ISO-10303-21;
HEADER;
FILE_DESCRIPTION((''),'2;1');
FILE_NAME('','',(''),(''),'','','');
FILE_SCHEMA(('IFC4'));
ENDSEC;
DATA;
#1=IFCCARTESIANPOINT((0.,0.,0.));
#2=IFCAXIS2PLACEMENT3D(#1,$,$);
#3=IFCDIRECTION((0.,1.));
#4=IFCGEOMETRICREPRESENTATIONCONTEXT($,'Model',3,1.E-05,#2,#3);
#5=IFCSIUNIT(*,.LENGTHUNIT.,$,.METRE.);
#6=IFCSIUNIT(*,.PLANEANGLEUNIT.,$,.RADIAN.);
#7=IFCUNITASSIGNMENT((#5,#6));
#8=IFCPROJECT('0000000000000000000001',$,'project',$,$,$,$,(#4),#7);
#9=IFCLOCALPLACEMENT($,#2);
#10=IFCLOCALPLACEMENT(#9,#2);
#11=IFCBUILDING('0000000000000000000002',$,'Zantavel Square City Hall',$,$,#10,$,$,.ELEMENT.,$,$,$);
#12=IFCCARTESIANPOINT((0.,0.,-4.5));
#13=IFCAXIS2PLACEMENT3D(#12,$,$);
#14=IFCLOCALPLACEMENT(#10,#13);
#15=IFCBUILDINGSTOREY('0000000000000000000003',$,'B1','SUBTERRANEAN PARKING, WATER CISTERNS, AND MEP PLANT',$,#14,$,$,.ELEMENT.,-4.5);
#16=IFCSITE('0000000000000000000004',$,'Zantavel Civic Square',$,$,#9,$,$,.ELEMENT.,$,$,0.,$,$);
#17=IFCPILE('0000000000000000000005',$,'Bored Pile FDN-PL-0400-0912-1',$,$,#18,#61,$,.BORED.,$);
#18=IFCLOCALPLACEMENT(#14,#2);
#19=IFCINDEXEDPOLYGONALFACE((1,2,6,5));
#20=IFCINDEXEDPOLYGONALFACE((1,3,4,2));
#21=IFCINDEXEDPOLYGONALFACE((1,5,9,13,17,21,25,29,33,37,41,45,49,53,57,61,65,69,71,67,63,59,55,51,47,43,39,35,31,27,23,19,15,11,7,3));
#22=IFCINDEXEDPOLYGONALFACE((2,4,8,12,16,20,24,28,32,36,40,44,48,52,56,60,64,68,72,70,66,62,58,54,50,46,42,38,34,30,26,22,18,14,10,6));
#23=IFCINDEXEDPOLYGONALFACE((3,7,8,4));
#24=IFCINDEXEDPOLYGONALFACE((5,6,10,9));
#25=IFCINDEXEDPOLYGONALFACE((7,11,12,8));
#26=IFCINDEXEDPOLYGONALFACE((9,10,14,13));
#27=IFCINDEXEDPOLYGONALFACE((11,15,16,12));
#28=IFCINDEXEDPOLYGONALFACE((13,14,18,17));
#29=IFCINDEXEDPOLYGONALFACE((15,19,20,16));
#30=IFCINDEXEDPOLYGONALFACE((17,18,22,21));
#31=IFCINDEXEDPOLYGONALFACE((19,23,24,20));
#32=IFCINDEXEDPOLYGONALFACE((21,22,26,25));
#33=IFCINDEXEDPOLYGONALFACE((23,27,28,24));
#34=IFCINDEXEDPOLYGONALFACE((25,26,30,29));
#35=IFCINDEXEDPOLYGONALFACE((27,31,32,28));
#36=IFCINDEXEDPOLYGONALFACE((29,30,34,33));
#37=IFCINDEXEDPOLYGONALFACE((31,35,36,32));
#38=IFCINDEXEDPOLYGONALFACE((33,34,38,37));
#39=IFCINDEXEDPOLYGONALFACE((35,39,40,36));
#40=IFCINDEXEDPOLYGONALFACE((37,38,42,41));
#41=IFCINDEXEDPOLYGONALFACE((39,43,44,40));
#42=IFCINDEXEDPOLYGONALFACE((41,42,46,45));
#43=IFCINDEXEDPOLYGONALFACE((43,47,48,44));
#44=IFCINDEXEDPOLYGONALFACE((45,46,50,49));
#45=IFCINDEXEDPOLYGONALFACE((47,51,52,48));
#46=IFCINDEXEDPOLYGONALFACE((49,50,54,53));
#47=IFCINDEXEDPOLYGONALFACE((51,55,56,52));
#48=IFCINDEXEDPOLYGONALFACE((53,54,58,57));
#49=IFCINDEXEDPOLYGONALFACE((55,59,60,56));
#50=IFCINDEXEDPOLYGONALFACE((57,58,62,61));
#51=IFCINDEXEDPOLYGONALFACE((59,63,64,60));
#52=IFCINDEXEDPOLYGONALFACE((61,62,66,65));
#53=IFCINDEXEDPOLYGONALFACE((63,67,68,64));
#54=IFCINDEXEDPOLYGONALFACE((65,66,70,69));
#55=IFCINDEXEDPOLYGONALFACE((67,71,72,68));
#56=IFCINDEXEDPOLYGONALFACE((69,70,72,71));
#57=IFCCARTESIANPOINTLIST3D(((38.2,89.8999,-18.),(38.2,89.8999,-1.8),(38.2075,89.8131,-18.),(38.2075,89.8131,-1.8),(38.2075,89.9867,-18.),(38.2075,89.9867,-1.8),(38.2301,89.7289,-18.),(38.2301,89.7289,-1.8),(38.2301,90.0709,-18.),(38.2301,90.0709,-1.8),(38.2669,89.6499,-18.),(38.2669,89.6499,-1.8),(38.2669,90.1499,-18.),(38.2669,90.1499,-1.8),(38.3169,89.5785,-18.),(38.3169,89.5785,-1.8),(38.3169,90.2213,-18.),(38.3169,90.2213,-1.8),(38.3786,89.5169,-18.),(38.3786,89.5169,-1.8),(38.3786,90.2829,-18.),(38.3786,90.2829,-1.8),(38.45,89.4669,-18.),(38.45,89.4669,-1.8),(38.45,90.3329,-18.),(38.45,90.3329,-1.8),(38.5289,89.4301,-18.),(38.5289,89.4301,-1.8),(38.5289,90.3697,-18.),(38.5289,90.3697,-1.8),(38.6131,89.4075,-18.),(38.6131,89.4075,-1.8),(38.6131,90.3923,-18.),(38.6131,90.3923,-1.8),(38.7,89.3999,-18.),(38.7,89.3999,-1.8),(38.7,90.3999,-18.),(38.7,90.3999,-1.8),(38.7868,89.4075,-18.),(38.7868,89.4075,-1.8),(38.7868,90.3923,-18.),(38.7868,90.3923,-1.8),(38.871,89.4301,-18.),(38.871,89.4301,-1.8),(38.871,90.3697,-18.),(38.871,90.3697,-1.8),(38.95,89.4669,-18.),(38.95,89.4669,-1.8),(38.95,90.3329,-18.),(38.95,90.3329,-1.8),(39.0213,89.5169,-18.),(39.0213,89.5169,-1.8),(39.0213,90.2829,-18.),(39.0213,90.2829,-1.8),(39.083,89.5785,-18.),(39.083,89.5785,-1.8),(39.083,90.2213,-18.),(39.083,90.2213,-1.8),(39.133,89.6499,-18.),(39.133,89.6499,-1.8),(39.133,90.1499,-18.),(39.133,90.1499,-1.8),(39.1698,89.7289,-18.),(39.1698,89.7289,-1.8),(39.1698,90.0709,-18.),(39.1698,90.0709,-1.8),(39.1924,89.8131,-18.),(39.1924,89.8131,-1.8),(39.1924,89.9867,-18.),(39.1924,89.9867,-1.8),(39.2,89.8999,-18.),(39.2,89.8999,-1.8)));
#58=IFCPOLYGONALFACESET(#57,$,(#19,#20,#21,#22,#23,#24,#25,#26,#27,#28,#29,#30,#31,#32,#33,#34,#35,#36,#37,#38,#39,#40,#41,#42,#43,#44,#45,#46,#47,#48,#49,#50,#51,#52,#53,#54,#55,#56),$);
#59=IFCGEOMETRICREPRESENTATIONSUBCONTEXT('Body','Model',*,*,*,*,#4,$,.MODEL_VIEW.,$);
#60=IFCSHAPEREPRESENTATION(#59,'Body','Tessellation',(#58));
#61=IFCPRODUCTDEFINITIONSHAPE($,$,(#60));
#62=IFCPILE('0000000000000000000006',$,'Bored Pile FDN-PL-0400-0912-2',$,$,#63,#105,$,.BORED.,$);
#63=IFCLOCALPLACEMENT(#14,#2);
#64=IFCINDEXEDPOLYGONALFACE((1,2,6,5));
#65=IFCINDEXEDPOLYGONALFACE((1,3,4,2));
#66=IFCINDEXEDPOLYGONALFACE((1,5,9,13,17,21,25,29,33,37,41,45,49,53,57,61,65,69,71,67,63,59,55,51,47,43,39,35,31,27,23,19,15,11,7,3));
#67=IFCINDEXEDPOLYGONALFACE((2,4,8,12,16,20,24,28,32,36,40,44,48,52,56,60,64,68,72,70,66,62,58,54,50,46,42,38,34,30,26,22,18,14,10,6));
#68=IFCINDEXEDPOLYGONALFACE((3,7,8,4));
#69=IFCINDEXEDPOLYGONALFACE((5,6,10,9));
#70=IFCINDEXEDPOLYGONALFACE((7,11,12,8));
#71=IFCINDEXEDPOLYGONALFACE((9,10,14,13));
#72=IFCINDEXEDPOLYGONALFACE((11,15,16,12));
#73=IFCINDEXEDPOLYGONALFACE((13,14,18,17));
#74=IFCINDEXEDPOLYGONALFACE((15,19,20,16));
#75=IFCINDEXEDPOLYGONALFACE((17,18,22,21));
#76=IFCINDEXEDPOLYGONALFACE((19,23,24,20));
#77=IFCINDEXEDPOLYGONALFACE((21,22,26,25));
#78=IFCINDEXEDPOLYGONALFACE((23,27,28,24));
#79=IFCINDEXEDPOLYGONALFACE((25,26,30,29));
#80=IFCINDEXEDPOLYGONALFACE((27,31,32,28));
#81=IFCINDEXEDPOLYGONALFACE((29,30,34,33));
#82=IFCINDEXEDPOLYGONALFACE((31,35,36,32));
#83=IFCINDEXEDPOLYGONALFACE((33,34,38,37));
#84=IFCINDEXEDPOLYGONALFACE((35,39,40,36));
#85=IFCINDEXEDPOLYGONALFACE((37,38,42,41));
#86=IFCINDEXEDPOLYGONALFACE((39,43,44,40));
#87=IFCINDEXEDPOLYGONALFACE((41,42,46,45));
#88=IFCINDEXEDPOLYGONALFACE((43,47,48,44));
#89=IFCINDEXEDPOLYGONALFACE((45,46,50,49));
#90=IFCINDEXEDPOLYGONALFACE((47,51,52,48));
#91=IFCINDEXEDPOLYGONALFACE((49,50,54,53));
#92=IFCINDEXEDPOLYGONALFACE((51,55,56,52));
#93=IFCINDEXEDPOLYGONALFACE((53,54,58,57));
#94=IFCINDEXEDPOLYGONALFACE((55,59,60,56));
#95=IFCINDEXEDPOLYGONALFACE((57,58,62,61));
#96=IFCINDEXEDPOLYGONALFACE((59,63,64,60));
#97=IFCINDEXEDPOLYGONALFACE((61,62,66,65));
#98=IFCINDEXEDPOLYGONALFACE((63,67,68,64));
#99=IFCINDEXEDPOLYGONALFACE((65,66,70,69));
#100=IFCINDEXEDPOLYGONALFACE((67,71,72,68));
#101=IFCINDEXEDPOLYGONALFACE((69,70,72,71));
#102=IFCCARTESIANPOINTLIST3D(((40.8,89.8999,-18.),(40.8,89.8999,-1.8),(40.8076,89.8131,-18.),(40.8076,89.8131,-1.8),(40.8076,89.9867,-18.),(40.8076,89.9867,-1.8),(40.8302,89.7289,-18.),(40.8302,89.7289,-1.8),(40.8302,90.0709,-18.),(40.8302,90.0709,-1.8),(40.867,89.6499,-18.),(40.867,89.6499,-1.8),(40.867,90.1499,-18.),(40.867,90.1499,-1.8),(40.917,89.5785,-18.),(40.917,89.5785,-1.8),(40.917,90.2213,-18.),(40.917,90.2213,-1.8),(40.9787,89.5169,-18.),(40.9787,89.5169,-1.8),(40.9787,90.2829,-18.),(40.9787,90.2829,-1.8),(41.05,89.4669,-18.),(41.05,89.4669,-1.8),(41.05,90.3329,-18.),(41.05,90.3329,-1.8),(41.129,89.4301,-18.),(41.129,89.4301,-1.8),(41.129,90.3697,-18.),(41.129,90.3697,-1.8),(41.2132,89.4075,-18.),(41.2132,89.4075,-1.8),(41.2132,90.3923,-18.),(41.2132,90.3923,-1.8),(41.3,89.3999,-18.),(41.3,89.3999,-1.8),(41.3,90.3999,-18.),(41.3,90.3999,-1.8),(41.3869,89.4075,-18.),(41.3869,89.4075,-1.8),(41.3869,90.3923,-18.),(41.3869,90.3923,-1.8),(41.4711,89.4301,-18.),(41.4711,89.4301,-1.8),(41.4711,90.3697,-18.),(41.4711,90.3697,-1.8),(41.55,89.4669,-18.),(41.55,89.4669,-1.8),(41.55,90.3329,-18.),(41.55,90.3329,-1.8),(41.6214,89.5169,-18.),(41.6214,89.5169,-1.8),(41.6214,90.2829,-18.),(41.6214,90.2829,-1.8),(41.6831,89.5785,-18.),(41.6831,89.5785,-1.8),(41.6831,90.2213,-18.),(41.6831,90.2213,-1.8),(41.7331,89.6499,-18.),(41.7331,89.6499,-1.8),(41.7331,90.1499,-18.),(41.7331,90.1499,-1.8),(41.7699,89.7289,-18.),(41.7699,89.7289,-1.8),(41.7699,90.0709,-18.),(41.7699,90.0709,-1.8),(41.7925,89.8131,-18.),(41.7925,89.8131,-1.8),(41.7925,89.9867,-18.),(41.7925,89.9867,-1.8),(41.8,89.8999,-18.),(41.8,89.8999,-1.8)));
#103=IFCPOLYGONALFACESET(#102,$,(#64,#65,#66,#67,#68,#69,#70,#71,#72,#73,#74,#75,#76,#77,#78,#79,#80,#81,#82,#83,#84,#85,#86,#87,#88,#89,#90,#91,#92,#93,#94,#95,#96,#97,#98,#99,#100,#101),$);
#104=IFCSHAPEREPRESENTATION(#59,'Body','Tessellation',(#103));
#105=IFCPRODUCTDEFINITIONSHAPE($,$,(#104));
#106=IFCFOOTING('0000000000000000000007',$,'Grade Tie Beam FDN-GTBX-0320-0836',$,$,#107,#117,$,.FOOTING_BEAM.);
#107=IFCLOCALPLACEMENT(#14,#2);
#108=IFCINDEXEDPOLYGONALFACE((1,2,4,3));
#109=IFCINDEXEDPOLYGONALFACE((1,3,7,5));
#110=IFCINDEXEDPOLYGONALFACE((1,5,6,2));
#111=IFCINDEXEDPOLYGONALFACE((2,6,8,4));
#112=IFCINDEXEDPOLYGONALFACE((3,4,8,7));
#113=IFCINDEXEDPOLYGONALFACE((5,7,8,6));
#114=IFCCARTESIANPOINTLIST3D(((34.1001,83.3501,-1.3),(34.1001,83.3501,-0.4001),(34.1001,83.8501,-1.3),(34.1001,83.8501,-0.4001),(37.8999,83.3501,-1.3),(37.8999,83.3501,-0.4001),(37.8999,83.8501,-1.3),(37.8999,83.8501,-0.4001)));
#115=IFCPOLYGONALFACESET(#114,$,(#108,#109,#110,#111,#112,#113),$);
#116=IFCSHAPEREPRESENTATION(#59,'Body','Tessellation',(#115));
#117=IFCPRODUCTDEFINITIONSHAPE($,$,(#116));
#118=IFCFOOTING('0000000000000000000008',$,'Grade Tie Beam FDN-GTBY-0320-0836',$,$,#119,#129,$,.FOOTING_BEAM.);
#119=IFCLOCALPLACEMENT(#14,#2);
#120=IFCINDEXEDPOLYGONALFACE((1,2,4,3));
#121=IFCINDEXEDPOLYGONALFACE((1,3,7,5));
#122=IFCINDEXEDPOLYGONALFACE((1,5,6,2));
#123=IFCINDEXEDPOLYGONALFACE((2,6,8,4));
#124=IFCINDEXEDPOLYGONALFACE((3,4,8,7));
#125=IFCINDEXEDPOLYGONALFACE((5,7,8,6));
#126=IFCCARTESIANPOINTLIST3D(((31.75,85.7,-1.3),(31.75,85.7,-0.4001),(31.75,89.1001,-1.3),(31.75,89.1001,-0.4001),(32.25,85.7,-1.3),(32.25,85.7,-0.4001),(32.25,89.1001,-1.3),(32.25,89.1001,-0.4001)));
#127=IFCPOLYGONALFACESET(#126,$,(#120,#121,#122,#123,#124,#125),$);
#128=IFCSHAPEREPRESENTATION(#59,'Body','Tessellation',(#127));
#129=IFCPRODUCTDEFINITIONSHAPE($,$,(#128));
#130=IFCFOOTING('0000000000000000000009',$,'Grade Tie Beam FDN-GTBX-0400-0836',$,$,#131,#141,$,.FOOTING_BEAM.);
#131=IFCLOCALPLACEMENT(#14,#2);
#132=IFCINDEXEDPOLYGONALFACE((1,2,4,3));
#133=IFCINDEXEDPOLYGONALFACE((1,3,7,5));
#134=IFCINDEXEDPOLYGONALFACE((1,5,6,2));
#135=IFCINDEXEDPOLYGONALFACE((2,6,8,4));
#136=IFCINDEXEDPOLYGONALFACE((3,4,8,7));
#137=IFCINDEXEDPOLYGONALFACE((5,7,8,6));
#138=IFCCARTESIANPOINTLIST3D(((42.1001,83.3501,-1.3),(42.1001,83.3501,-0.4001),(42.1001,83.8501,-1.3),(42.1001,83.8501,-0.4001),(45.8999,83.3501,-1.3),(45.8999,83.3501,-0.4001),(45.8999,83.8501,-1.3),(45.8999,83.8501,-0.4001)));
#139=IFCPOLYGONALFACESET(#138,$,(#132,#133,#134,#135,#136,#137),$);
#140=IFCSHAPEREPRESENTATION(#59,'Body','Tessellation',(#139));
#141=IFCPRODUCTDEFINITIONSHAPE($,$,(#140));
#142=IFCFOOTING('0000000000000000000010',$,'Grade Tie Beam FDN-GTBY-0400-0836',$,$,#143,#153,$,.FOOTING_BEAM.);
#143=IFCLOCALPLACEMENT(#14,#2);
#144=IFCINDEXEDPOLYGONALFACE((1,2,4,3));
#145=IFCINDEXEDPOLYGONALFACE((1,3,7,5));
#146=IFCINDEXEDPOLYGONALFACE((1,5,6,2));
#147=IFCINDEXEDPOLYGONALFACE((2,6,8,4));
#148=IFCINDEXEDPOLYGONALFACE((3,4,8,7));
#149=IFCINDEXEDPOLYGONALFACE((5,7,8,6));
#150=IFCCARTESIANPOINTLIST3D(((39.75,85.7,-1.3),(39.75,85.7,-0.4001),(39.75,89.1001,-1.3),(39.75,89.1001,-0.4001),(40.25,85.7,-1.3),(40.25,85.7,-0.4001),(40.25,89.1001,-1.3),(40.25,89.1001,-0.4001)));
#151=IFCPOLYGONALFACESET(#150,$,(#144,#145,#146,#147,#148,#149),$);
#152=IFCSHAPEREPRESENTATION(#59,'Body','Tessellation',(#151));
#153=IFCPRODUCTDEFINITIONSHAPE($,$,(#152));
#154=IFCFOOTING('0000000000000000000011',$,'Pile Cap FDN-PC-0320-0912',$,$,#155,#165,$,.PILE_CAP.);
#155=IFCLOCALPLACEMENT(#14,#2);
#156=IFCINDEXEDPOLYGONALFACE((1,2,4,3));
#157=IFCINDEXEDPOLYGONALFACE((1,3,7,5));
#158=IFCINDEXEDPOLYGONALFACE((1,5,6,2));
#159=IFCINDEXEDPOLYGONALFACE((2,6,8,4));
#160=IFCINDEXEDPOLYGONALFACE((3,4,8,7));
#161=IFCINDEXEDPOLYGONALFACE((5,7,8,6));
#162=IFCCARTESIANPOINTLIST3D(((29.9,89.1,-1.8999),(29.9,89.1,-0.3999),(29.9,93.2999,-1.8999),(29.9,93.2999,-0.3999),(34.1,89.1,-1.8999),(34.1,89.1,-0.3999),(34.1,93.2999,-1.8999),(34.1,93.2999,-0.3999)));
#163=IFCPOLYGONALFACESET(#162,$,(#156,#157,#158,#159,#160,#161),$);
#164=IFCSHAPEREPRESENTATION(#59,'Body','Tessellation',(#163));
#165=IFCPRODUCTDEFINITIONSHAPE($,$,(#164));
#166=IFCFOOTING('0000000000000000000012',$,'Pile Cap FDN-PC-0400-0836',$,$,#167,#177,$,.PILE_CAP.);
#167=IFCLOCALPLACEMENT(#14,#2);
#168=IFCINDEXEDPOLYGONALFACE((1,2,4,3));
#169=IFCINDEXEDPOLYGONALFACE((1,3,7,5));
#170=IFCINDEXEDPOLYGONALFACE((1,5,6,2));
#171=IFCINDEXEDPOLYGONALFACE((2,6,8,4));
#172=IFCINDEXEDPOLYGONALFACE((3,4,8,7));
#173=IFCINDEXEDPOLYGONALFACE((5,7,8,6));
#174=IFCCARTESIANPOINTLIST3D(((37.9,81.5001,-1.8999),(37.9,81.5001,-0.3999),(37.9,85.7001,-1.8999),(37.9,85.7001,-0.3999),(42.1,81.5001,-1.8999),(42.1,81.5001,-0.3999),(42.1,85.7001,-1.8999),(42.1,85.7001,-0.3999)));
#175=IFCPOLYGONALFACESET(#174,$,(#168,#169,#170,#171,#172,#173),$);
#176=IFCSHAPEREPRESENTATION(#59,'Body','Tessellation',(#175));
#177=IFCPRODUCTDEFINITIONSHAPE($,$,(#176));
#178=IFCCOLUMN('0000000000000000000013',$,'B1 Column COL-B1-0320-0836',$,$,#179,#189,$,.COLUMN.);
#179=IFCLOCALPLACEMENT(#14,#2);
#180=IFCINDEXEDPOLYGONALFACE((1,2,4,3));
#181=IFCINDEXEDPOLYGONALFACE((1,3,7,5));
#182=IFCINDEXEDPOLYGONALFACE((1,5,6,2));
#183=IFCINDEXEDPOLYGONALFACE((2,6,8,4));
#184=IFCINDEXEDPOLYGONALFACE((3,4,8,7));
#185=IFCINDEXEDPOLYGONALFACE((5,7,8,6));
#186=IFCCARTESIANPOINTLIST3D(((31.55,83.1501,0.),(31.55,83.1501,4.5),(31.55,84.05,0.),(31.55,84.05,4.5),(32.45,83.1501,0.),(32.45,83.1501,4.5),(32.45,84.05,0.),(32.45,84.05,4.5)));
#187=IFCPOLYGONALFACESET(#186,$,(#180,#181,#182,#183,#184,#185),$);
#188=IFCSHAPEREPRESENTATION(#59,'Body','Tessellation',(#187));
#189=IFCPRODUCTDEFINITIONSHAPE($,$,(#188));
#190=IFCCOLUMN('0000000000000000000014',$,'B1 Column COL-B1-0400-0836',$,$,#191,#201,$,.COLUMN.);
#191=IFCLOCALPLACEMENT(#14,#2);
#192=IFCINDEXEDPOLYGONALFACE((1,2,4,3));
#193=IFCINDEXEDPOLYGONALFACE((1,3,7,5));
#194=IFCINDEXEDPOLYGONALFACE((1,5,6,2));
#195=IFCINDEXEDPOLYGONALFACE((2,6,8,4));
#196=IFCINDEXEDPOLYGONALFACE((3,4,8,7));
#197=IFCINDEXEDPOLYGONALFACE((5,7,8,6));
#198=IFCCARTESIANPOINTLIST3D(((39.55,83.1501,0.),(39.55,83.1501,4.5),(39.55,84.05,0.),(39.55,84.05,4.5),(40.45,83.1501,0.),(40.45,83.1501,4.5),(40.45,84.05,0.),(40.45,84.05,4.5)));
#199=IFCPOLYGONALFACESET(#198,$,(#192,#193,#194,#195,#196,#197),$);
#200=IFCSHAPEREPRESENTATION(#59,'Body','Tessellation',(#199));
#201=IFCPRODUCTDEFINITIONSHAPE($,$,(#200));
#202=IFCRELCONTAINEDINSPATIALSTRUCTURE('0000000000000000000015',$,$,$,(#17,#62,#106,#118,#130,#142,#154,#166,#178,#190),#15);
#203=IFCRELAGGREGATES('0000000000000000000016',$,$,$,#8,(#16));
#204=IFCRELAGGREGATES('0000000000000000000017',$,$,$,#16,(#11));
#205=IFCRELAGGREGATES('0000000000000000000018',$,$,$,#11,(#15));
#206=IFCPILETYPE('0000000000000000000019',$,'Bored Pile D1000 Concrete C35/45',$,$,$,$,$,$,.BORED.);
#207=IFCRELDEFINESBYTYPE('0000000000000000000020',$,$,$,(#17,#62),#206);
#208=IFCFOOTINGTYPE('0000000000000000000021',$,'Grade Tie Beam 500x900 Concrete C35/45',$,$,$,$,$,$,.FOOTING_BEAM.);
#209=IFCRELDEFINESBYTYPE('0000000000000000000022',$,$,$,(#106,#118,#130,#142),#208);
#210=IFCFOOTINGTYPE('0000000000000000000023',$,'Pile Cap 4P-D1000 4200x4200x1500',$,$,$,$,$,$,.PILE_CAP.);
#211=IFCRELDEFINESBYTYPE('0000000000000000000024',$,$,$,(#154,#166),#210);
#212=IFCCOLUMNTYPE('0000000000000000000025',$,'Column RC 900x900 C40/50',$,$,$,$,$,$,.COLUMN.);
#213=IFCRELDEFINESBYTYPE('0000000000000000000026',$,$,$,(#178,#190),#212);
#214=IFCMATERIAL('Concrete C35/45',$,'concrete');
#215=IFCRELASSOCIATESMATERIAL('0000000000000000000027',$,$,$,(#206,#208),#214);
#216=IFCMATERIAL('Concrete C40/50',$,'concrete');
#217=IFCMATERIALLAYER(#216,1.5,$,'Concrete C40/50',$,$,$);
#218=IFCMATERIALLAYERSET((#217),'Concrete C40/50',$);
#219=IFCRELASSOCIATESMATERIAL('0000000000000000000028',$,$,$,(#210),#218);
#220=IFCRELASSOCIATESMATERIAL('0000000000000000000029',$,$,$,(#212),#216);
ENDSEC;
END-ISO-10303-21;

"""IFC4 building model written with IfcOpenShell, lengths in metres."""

from ifc_helpers import new_model, si_unit, direction, frame, origin, origin_2d, place, context, subcontext, project, spatial, rectangle, circle, extrude, material, layer, layer_set, material_profile, profile_set, type_object, element, save


model = new_model("IFC4")

# Units and contexts
model_context = context("Model", 3, precision=1e-05, world=origin(), true_north=direction((0.0, 1.0)))
body_context = subcontext(model_context, "Body", "Model", "MODEL_VIEW")
ifc_project = project(units=[si_unit("LENGTHUNIT", "METRE"), si_unit("PLANEANGLEUNIT", "RADIAN")], contexts=[model_context])

# Site, building, storey
site_placement = place(None, origin())
site = spatial("IfcSite", under=ifc_project, at=site_placement, Name="Zantavel Civic Square", CompositionType="ELEMENT", RefElevation=0.0)
building_placement = place(site_placement, origin())
building = spatial("IfcBuilding", under=site, at=building_placement, Name="Zantavel Square City Hall", CompositionType="ELEMENT")
storey_placement = place(building_placement, frame((0.0, 0.0, -4.5)))
storey = spatial("IfcBuildingStorey", under=building, at=storey_placement, Name="B1", Description="SUBTERRANEAN PARKING, WATER CISTERNS, AND MEP PLANT", CompositionType="ELEMENT", Elevation=-4.5)

# Piles
ifc_material_1 = material(Name="Concrete C35/45", Category="concrete")
ifc_material_profile_1 = material_profile(ifc_material_1, circle(Radius=0.5, at=origin_2d()), Name="PILE D1000")
ifc_profile_set_1 = profile_set([ifc_material_profile_1], Name="Concrete C35/45")
pile_type = type_object("IfcPileType", Name="Bored Pile D1000 Concrete C35/45", PredefinedType="BORED", material=ifc_profile_set_1)
for number, where, z_axis, x_axis, name in (
    (1, (38.7, 89.8999, -1.8), (0.0, 0.0, -1.0), (1.0, 0.0, 0.0), "Bored Pile FDN-PL-0400-0912-1"),
    (2, (41.3, 89.8999, -1.8), (0.0, 0.0, -1.0), (1.0, 0.0, 0.0), "Bored Pile FDN-PL-0400-0912-2"),
):
    element("IfcPile", number, at=place(storey_placement, frame(where, z_axis=z_axis, x_axis=x_axis)), inside=storey, type_object=pile_type, Name=name, PredefinedType="BORED", context=body_context, shape_type="SweptSolid", body=[
        extrude(circle(Radius=0.5, at=origin_2d()), origin(), (0.0, 0.0, 1.0), 16.2),
    ])

# Footings
ifc_material_profile_2 = material_profile(ifc_material_1, rectangle(XDim=0.5, YDim=0.8999, at=origin_2d()), Name="RC 500x900")
ifc_profile_set_2 = profile_set([ifc_material_profile_2], Name="Concrete C35/45")
footing_type_1 = type_object("IfcFootingType", Name="Grade Tie Beam 500x900 Concrete C35/45", PredefinedType="FOOTING_BEAM", material=ifc_profile_set_2)
footing_1_placement = place(storey_placement, frame((34.1001, 83.6001, -0.8501), z_axis=(1.0, 0.0, 0.0), x_axis=(0.0, 1.0, 0.0)))
element("IfcFooting", 3, at=footing_1_placement, inside=storey, type_object=footing_type_1, Name="Grade Tie Beam FDN-GTBX-0320-0836", PredefinedType="FOOTING_BEAM", context=body_context, shape_type="SweptSolid", body=[
    extrude(rectangle(XDim=0.5, YDim=0.8999, at=origin_2d()), origin(), (0.0, 0.0, 1.0), 3.7998),
])
footing_2_placement = place(storey_placement, frame((32.0, 85.7, -0.8501), z_axis=(0.0, 1.0, 0.0), x_axis=(-1.0, 0.0, 0.0)))
element("IfcFooting", 4, at=footing_2_placement, inside=storey, type_object=footing_type_1, Name="Grade Tie Beam FDN-GTBY-0320-0836", PredefinedType="FOOTING_BEAM", context=body_context, shape_type="SweptSolid", body=[
    extrude(rectangle(XDim=0.5, YDim=0.8999, at=origin_2d()), origin(), (0.0, 0.0, 1.0), 3.4001),
])
footing_3_placement = place(storey_placement, frame((42.1001, 83.6001, -0.8501), z_axis=(1.0, 0.0, 0.0), x_axis=(0.0, 1.0, 0.0)))
element("IfcFooting", 5, at=footing_3_placement, inside=storey, type_object=footing_type_1, Name="Grade Tie Beam FDN-GTBX-0400-0836", PredefinedType="FOOTING_BEAM", context=body_context, shape_type="SweptSolid", body=[
    extrude(rectangle(XDim=0.5, YDim=0.8999, at=origin_2d()), origin(), (0.0, 0.0, 1.0), 3.7998),
])
footing_4_placement = place(storey_placement, frame((40.0, 85.7, -0.8501), z_axis=(0.0, 1.0, 0.0), x_axis=(-1.0, 0.0, 0.0)))
element("IfcFooting", 6, at=footing_4_placement, inside=storey, type_object=footing_type_1, Name="Grade Tie Beam FDN-GTBY-0400-0836", PredefinedType="FOOTING_BEAM", context=body_context, shape_type="SweptSolid", body=[
    extrude(rectangle(XDim=0.5, YDim=0.8999, at=origin_2d()), origin(), (0.0, 0.0, 1.0), 3.4001),
])
ifc_material_2 = material(Name="Concrete C40/50", Category="concrete")
ifc_layer_1 = layer(ifc_material_2, 1.5, Name="Concrete C40/50")
ifc_layer_set_1 = layer_set([ifc_layer_1], Name="Concrete C40/50")
footing_type_2 = type_object("IfcFootingType", Name="Pile Cap 4P-D1000 4200x4200x1500", PredefinedType="PILE_CAP", material=ifc_layer_set_1)
for number, where, z_axis, x_axis, name in (
    (7, (32.0, 91.2, -1.8999), (0.0, 0.0, 1.0), (1.0, 0.0, 0.0), "Pile Cap FDN-PC-0320-0912"),
    (8, (40.0, 83.6001, -1.8999), (0.0, 0.0, 1.0), (1.0, 0.0, 0.0), "Pile Cap FDN-PC-0400-0836"),
):
    element("IfcFooting", number, at=place(storey_placement, frame(where, z_axis=z_axis, x_axis=x_axis)), inside=storey, type_object=footing_type_2, Name=name, PredefinedType="PILE_CAP", context=body_context, shape_type="SweptSolid", body=[
        extrude(rectangle(XDim=4.2, YDim=4.2, at=origin_2d()), origin(), (0.0, 0.0, 1.0), 1.5),
    ])

# Columns
ifc_material_profile_3 = material_profile(ifc_material_2, rectangle(XDim=0.8999, YDim=0.8999, at=origin_2d()), Name="RC 900x900")
ifc_profile_set_3 = profile_set([ifc_material_profile_3], Name="Concrete C40/50")
column_type = type_object("IfcColumnType", Name="Column RC 900x900 C40/50", PredefinedType="COLUMN", material=ifc_profile_set_3)
for number, where, z_axis, x_axis, name in (
    (9, (32.0, 83.6001, 0.0), (0.0, 0.0, 1.0), (1.0, 0.0, 0.0), "B1 Column COL-B1-0320-0836"),
    (10, (40.0, 83.6001, 0.0), (0.0, 0.0, 1.0), (1.0, 0.0, 0.0), "B1 Column COL-B1-0400-0836"),
):
    element("IfcColumn", number, at=place(storey_placement, frame(where, z_axis=z_axis, x_axis=x_axis)), inside=storey, type_object=column_type, Name=name, PredefinedType="COLUMN", context=body_context, shape_type="SweptSolid", body=[
        extrude(rectangle(XDim=0.8999, YDim=0.8999, at=origin_2d()), origin(), (0.0, 0.0, 1.0), 4.5),
    ])

save(model, "model.ifc")
